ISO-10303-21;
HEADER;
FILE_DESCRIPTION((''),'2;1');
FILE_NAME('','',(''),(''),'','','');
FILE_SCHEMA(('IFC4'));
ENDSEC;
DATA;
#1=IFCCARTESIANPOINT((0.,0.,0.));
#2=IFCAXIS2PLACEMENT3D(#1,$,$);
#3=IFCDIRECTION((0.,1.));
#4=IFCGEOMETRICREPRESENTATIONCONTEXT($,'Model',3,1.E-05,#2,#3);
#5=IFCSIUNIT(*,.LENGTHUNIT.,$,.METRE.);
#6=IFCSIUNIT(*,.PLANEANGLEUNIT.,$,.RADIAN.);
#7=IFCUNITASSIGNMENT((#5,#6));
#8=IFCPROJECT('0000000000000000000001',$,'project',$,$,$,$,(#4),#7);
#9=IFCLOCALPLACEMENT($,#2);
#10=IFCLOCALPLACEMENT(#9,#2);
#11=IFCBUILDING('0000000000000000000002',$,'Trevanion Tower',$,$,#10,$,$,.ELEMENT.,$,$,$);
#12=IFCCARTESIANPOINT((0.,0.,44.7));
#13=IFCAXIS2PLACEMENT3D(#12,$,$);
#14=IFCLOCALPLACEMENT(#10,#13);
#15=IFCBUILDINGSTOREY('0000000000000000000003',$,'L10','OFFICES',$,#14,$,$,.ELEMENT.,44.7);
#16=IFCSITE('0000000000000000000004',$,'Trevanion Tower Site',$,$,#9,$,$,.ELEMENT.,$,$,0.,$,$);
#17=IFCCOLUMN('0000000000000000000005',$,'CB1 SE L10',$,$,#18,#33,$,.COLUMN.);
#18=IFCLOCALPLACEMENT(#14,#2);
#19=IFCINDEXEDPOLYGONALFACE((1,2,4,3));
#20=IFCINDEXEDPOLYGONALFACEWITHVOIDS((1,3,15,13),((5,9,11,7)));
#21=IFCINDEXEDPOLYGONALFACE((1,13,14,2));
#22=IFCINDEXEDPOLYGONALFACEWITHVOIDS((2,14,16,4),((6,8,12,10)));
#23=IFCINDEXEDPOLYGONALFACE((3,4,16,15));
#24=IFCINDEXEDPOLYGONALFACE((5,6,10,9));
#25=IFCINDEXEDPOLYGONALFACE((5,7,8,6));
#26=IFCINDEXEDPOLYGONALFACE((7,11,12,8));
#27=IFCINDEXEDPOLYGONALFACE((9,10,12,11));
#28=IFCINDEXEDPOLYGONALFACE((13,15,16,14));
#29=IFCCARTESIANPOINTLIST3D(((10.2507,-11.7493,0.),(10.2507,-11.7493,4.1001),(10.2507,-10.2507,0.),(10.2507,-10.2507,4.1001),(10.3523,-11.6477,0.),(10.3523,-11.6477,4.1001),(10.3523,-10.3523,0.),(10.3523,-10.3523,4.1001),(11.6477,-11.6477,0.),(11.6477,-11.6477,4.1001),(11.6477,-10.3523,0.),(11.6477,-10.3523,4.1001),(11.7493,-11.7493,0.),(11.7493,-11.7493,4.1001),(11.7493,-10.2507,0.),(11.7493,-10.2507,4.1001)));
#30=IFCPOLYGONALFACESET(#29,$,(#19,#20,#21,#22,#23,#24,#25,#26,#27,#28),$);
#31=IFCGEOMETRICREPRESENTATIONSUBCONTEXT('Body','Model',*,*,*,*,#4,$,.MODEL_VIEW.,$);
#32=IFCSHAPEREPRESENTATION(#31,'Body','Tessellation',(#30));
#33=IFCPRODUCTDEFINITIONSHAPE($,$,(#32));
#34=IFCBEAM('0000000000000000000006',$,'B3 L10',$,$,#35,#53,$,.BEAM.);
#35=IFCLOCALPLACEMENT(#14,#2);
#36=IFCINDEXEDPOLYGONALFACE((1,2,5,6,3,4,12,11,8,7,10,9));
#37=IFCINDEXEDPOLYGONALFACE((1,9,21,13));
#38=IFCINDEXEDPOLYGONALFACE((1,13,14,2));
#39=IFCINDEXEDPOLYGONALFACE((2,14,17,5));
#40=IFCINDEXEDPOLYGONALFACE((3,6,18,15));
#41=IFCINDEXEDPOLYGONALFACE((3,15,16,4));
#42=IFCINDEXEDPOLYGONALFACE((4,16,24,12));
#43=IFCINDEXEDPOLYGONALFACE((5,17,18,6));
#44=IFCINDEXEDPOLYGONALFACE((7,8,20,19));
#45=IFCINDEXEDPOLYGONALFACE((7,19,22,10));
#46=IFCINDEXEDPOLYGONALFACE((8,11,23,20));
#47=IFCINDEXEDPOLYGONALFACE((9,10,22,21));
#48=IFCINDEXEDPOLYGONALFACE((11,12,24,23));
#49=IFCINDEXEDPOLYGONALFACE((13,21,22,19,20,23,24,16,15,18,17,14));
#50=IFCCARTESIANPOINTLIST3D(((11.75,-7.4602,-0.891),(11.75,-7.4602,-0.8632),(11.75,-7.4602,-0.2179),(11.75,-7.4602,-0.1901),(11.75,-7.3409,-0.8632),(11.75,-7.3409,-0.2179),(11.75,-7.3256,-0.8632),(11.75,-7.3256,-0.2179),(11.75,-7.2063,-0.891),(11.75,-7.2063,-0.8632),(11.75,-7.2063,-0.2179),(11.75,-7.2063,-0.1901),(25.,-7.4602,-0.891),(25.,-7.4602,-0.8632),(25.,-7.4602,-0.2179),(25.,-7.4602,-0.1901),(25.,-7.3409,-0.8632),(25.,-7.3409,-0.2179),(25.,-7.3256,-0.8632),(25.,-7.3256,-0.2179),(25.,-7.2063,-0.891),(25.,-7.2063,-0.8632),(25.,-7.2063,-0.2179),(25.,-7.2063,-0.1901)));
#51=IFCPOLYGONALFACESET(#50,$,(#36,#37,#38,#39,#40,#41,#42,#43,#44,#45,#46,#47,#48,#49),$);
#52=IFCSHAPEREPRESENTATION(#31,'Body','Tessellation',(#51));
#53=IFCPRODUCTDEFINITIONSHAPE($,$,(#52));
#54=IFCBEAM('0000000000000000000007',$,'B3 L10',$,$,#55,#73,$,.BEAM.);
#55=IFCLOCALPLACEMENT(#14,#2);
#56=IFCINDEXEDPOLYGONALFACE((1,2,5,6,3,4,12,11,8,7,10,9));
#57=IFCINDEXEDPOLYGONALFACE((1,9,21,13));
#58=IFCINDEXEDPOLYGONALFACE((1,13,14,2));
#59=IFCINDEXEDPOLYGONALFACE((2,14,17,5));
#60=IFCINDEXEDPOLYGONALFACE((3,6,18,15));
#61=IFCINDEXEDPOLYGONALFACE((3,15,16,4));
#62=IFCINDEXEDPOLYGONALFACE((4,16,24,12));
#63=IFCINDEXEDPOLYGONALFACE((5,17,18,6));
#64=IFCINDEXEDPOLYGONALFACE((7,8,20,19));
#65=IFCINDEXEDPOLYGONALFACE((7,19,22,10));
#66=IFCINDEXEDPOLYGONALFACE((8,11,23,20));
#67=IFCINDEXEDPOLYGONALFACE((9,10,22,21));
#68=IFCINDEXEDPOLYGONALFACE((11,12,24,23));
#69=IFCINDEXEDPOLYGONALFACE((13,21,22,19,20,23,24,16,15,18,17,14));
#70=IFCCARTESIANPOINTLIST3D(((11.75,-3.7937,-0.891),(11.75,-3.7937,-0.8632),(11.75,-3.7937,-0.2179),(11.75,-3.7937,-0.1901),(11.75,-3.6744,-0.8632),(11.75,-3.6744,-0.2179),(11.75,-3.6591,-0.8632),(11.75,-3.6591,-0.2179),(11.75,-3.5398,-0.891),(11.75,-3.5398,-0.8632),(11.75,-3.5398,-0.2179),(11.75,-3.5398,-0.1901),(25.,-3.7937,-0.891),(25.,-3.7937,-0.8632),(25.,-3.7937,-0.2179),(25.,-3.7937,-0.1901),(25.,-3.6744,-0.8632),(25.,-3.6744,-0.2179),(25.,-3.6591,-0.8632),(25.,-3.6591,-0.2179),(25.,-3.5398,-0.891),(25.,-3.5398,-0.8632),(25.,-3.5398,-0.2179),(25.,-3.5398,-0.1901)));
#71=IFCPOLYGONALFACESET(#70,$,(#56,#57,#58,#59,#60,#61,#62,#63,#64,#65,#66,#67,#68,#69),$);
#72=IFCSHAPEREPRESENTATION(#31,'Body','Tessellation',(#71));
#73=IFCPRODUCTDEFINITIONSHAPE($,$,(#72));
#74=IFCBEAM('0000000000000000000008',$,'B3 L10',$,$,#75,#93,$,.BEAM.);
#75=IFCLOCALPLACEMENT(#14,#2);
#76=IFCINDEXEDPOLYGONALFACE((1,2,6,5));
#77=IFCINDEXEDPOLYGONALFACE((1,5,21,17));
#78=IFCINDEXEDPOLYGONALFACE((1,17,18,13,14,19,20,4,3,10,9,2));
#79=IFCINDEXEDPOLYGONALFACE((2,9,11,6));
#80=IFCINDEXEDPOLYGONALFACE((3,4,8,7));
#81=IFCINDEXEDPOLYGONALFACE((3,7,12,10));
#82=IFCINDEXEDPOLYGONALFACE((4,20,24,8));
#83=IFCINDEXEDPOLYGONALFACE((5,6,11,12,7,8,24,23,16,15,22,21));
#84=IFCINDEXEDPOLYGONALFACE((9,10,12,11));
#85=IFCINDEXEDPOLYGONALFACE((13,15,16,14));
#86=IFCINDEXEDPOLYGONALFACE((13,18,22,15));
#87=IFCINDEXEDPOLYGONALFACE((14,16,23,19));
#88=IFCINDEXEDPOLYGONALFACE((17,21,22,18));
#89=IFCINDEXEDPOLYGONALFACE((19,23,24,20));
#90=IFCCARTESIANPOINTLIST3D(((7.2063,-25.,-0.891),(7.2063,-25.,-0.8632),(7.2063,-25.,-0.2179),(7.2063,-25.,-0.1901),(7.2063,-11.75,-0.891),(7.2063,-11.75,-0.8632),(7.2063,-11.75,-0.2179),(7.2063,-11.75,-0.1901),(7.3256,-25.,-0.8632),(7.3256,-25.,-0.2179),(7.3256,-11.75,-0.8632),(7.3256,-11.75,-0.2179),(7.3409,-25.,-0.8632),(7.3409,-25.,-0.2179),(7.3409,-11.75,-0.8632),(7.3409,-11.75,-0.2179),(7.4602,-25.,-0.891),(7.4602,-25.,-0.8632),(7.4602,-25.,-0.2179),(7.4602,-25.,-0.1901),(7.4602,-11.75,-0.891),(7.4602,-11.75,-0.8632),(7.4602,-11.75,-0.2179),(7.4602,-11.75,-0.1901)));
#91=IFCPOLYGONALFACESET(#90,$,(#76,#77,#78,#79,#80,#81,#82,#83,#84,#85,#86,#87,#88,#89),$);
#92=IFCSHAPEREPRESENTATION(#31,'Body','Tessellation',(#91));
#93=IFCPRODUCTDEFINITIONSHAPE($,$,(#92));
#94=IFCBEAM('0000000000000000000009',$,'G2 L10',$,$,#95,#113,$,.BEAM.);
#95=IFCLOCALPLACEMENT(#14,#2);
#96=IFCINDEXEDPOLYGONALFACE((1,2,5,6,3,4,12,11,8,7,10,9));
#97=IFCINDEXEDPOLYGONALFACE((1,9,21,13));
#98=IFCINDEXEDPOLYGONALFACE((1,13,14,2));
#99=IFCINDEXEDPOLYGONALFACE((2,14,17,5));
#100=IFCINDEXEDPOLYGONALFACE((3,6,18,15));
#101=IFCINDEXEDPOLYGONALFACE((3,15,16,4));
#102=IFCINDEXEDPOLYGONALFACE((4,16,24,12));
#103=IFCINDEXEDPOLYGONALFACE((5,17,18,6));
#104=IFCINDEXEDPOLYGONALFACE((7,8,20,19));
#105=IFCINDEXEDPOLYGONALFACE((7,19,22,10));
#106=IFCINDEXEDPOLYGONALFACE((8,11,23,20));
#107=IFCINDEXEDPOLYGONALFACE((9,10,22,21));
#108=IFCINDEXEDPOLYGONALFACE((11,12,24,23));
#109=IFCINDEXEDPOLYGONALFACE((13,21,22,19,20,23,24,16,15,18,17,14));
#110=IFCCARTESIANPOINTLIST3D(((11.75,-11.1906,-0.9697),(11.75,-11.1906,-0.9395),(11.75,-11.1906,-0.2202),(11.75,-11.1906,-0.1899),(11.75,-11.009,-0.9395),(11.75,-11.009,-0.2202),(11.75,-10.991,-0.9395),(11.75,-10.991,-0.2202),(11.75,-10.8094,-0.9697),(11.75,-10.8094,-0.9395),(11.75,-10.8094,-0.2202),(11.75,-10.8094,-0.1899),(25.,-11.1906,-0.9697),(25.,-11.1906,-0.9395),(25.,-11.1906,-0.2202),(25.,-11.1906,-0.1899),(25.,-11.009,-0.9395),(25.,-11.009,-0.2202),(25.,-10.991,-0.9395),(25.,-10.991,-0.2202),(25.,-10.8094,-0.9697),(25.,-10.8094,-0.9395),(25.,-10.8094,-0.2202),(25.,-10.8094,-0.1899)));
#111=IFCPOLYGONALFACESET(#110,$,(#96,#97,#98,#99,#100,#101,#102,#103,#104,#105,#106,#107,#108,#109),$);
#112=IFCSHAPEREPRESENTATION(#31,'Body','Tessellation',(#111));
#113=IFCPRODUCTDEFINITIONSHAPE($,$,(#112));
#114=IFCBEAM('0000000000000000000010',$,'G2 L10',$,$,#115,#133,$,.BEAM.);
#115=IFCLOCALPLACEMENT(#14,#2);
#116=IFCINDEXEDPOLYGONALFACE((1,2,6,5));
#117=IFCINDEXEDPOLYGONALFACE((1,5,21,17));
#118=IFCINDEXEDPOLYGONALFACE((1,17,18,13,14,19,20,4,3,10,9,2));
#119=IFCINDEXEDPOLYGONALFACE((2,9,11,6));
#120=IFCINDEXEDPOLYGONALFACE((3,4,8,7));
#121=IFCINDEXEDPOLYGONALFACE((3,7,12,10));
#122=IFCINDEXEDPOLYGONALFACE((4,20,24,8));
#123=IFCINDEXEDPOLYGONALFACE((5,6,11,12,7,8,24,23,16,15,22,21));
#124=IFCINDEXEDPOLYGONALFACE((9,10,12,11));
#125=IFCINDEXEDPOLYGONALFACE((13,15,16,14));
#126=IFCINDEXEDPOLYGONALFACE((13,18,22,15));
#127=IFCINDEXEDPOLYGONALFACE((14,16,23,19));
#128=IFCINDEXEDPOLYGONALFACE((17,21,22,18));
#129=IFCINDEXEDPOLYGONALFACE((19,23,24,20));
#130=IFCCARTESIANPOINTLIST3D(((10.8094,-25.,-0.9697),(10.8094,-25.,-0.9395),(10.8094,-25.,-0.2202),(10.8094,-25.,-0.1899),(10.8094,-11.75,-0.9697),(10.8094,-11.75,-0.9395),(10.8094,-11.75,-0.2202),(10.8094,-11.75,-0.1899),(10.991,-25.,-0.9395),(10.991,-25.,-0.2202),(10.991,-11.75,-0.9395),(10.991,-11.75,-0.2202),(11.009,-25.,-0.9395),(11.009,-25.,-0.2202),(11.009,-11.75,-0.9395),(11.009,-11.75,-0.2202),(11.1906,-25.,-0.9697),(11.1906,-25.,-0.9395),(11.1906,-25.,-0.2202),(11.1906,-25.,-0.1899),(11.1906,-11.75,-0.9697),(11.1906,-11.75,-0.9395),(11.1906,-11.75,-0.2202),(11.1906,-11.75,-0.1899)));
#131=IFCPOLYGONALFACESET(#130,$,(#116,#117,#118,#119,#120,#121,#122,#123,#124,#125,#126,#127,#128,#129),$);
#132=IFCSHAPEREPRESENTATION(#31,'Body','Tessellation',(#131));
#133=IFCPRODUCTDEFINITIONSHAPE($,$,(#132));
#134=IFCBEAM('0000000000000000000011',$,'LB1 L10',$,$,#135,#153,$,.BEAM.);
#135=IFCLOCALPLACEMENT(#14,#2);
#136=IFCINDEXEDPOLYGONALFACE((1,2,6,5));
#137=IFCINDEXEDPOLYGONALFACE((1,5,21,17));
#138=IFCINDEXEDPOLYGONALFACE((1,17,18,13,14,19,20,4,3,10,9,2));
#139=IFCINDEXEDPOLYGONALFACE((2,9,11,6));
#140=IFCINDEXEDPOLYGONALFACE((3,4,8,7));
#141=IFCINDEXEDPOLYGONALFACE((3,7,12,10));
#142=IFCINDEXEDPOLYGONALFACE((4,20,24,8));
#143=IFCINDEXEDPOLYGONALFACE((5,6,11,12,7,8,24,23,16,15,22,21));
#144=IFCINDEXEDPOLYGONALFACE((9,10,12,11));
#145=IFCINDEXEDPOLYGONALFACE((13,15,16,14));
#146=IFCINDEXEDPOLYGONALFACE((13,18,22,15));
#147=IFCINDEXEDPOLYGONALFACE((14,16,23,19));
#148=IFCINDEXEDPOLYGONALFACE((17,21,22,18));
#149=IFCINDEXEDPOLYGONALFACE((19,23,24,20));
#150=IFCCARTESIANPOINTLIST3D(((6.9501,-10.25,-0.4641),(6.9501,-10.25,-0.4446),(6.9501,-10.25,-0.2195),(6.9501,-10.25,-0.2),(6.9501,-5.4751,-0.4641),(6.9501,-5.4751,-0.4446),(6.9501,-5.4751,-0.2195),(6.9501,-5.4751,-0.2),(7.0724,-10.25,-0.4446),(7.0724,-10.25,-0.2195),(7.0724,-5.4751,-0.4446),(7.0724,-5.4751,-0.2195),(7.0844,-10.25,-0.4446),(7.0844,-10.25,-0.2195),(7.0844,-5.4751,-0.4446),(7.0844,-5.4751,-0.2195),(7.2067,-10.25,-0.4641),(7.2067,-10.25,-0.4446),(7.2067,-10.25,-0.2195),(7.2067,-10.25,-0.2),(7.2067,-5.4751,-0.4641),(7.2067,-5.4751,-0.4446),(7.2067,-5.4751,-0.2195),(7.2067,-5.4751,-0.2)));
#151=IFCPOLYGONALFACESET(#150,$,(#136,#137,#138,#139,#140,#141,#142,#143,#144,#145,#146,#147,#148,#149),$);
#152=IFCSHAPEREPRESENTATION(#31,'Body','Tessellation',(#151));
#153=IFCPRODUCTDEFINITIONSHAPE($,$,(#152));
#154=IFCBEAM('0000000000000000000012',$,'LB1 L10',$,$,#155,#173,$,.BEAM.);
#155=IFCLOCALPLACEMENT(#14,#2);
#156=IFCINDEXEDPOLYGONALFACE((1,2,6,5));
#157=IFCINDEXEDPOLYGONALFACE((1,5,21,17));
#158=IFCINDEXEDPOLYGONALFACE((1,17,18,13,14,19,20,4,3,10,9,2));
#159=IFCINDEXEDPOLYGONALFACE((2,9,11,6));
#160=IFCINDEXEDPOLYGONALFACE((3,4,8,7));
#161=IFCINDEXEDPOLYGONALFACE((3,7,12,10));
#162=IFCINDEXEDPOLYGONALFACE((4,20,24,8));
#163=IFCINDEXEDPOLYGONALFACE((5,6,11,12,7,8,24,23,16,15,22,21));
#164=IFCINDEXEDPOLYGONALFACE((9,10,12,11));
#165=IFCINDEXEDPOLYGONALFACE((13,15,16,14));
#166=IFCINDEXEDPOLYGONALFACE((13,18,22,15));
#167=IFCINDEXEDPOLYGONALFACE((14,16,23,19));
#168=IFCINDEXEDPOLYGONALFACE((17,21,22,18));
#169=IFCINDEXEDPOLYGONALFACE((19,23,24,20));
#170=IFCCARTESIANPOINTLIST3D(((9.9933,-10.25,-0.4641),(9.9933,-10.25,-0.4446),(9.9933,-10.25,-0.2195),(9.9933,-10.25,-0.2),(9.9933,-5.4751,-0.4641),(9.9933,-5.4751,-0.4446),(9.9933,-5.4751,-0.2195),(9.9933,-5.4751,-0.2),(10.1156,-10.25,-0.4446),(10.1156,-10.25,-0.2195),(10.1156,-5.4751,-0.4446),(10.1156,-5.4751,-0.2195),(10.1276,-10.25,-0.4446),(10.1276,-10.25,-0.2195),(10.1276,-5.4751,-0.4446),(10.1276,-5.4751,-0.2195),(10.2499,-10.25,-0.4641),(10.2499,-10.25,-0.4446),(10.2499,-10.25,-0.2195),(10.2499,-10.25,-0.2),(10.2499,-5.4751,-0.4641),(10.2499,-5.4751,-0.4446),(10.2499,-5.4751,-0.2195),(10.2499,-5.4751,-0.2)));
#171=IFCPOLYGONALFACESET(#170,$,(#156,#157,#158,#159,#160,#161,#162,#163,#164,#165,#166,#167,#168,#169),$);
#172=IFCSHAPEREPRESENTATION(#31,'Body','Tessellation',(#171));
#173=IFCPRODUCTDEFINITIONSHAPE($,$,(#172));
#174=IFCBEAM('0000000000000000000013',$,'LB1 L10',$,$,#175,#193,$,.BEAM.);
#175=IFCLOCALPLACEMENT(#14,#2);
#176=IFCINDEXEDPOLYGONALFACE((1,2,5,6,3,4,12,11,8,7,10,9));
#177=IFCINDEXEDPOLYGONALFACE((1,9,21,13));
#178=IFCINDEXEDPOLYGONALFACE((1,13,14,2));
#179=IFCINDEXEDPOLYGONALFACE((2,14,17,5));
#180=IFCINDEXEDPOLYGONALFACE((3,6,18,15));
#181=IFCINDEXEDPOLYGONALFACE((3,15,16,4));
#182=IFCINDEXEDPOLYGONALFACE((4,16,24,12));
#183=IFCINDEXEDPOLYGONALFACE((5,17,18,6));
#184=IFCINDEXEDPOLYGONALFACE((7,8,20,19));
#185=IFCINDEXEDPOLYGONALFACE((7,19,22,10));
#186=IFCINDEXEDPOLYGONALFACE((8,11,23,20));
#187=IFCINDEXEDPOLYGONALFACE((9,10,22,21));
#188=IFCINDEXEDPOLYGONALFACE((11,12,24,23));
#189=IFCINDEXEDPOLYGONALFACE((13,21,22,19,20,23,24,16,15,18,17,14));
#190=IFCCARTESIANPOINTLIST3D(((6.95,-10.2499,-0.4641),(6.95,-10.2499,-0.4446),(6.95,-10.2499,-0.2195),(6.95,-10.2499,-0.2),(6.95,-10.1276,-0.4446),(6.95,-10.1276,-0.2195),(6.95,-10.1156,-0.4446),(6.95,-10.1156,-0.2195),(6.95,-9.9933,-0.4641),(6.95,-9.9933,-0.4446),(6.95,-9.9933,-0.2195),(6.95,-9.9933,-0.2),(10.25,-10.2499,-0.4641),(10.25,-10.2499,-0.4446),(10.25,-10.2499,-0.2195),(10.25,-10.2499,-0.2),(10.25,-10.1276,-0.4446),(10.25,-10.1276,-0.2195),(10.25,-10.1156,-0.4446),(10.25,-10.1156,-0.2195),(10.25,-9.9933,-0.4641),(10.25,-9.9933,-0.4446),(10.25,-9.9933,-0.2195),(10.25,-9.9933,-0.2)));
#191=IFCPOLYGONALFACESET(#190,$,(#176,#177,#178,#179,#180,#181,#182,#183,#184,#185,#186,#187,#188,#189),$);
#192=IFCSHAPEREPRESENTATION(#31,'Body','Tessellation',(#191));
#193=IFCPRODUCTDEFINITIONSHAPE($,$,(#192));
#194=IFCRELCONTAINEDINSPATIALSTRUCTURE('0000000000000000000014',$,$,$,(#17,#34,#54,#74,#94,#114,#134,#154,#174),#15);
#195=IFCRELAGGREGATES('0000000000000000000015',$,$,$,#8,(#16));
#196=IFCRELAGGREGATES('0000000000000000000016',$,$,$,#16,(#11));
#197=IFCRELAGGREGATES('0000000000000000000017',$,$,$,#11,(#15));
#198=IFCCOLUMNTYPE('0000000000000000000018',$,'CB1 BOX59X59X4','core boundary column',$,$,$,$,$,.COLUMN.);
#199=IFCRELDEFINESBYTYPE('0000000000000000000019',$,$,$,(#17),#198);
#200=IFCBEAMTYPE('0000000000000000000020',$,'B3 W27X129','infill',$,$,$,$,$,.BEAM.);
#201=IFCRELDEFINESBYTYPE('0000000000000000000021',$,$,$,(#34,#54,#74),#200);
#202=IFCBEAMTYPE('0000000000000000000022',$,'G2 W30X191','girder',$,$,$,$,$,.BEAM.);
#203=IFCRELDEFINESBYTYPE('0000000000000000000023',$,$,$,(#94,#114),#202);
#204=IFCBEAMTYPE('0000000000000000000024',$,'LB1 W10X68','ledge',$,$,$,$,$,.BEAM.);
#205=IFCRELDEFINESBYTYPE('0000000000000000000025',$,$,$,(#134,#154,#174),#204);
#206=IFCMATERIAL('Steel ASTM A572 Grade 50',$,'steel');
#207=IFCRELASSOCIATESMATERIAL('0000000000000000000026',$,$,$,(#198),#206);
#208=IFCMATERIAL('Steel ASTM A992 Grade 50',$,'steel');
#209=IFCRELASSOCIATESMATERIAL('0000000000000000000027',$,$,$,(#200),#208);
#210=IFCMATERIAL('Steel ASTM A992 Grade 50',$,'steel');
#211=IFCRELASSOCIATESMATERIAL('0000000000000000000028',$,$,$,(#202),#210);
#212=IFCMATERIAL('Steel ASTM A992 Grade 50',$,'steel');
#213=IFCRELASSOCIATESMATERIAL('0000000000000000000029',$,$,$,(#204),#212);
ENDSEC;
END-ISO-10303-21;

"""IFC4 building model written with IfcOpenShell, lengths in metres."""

from ifc_helpers import new_model, si_unit, direction, frame, origin, origin_2d, place, context, subcontext, project, spatial, hollow_rectangle, i_section, extrude, material, material_profile, profile_set, type_object, element, save


model = new_model("IFC4")

# Units and contexts
model_context = context("Model", 3, precision=1e-05, world=origin(), true_north=direction((0.0, 1.0)))
body_context = subcontext(model_context, "Body", "Model", "MODEL_VIEW")
ifc_project = project(units=[si_unit("LENGTHUNIT", "METRE"), si_unit("PLANEANGLEUNIT", "RADIAN")], contexts=[model_context])

# Site, building, storey
site_placement = place(None, origin())
site = spatial("IfcSite", under=ifc_project, at=site_placement, Name="Trevanion Tower Site", CompositionType="ELEMENT", RefElevation=0.0)
building_placement = place(site_placement, origin())
building = spatial("IfcBuilding", under=site, at=building_placement, Name="Trevanion Tower", CompositionType="ELEMENT")
storey_placement = place(building_placement, frame((0.0, 0.0, 44.7)))
storey = spatial("IfcBuildingStorey", under=building, at=storey_placement, Name="L10", Description="OFFICES", CompositionType="ELEMENT", Elevation=44.7)

# Column
ifc_material_1 = material(Name="Steel ASTM A572 Grade 50", Category="steel")
ifc_material_profile_1 = material_profile(ifc_material_1, hollow_rectangle(XDim=1.4985, YDim=1.4985, WallThickness=0.1016, at=origin_2d()), Name="BOX59X59X4")
ifc_profile_set_1 = profile_set([ifc_material_profile_1], Name="Steel ASTM A572 Grade 50")
column_type = type_object("IfcColumnType", Name="CB1 BOX59X59X4", Description="core boundary column", PredefinedType="COLUMN", material=ifc_profile_set_1)
column_placement = place(storey_placement, frame((11.0, -11.0, 0.0), z_axis=(0.0, 0.0, 1.0), x_axis=(1.0, 0.0, 0.0)))
element("IfcColumn", 1, at=column_placement, inside=storey, type_object=column_type, Name="CB1 SE L10", PredefinedType="COLUMN", context=body_context, shape_type="SweptSolid", body=[
    extrude(hollow_rectangle(XDim=1.4985, YDim=1.4985, WallThickness=0.1016, at=origin_2d()), origin(), (0.0, 0.0, 1.0), 4.1001),
])

# Beams
ifc_material_2 = material(Name="Steel ASTM A992 Grade 50", Category="steel")
ifc_material_profile_2 = material_profile(ifc_material_2, i_section(OverallWidth=0.2539, OverallDepth=0.7009, WebThickness=0.0154, FlangeThickness=0.0278, at=origin_2d()), Name="W27X129")
ifc_profile_set_2 = profile_set([ifc_material_profile_2], Name="Steel ASTM A992 Grade 50")
beam_type_1 = type_object("IfcBeamType", Name="B3 W27X129", Description="infill", PredefinedType="BEAM", material=ifc_profile_set_2)
for number, where, z_axis, x_axis, name in (
    (2, (11.75, -7.3333, -0.5405), (1.0, 0.0, 0.0), (0.0, 1.0, 0.0), "B3 L10"),
    (3, (11.75, -3.6667, -0.5405), (1.0, 0.0, 0.0), (0.0, 1.0, 0.0), "B3 L10"),
    (4, (7.3333, -11.75, -0.5405), (0.0, -1.0, 0.0), (1.0, 0.0, 0.0), "B3 L10"),
):
    element("IfcBeam", number, at=place(storey_placement, frame(where, z_axis=z_axis, x_axis=x_axis)), inside=storey, type_object=beam_type_1, Name=name, PredefinedType="BEAM", context=body_context, shape_type="SweptSolid", body=[
        extrude(i_section(OverallWidth=0.2539, OverallDepth=0.7009, WebThickness=0.0154, FlangeThickness=0.0278, at=origin_2d()), origin(), (0.0, 0.0, 1.0), 13.25),
    ])
ifc_material_3 = material(Name="Steel ASTM A992 Grade 50", Category="steel")
ifc_material_profile_3 = material_profile(ifc_material_3, i_section(OverallWidth=0.3811, OverallDepth=0.7798, WebThickness=0.0181, FlangeThickness=0.0303, at=origin_2d()), Name="W30X191")
ifc_profile_set_3 = profile_set([ifc_material_profile_3], Name="Steel ASTM A992 Grade 50")
beam_type_2 = type_object("IfcBeamType", Name="G2 W30X191", Description="girder", PredefinedType="BEAM", material=ifc_profile_set_3)
for number, where, z_axis, x_axis, name in (
    (5, (11.75, -11.0, -0.5798), (1.0, 0.0, 0.0), (0.0, 1.0, 0.0), "G2 L10"),
    (6, (11.0, -11.75, -0.5798), (0.0, -1.0, 0.0), (1.0, 0.0, 0.0), "G2 L10"),
):
    element("IfcBeam", number, at=place(storey_placement, frame(where, z_axis=z_axis, x_axis=x_axis)), inside=storey, type_object=beam_type_2, Name=name, PredefinedType="BEAM", context=body_context, shape_type="SweptSolid", body=[
        extrude(i_section(OverallWidth=0.3811, OverallDepth=0.7798, WebThickness=0.0181, FlangeThickness=0.0303, at=origin_2d()), origin(), (0.0, 0.0, 1.0), 13.25),
    ])
ifc_material_4 = material(Name="Steel ASTM A992 Grade 50", Category="steel")
ifc_material_profile_4 = material_profile(ifc_material_4, i_section(OverallWidth=0.2566, OverallDepth=0.2642, WebThickness=0.012, FlangeThickness=0.0195, at=origin_2d()), Name="W10X68")
ifc_profile_set_4 = profile_set([ifc_material_profile_4], Name="Steel ASTM A992 Grade 50")
beam_type_3 = type_object("IfcBeamType", Name="LB1 W10X68", Description="ledge", PredefinedType="BEAM", material=ifc_profile_set_4)
for number, where, z_axis, x_axis, name in (
    (7, (7.0784, -10.25, -0.332), (0.0, 1.0, 0.0), (-1.0, 0.0, 0.0), "LB1 L10"),
    (8, (10.1216, -10.25, -0.332), (0.0, 1.0, 0.0), (-1.0, 0.0, 0.0), "LB1 L10"),
):
    element("IfcBeam", number, at=place(storey_placement, frame(where, z_axis=z_axis, x_axis=x_axis)), inside=storey, type_object=beam_type_3, Name=name, PredefinedType="BEAM", context=body_context, shape_type="SweptSolid", body=[
        extrude(i_section(OverallWidth=0.2566, OverallDepth=0.2642, WebThickness=0.012, FlangeThickness=0.0195, at=origin_2d()), origin(), (0.0, 0.0, 1.0), 4.7749),
    ])
beam_1_placement = place(storey_placement, frame((6.95, -10.1216, -0.332), z_axis=(1.0, 0.0, 0.0), x_axis=(0.0, 1.0, 0.0)))
element("IfcBeam", 9, at=beam_1_placement, inside=storey, type_object=beam_type_3, Name="LB1 L10", PredefinedType="BEAM", context=body_context, shape_type="SweptSolid", body=[
    extrude(i_section(OverallWidth=0.2566, OverallDepth=0.2642, WebThickness=0.012, FlangeThickness=0.0195, at=origin_2d()), origin(), (0.0, 0.0, 1.0), 3.3),
])

save(model, "model.ifc")
